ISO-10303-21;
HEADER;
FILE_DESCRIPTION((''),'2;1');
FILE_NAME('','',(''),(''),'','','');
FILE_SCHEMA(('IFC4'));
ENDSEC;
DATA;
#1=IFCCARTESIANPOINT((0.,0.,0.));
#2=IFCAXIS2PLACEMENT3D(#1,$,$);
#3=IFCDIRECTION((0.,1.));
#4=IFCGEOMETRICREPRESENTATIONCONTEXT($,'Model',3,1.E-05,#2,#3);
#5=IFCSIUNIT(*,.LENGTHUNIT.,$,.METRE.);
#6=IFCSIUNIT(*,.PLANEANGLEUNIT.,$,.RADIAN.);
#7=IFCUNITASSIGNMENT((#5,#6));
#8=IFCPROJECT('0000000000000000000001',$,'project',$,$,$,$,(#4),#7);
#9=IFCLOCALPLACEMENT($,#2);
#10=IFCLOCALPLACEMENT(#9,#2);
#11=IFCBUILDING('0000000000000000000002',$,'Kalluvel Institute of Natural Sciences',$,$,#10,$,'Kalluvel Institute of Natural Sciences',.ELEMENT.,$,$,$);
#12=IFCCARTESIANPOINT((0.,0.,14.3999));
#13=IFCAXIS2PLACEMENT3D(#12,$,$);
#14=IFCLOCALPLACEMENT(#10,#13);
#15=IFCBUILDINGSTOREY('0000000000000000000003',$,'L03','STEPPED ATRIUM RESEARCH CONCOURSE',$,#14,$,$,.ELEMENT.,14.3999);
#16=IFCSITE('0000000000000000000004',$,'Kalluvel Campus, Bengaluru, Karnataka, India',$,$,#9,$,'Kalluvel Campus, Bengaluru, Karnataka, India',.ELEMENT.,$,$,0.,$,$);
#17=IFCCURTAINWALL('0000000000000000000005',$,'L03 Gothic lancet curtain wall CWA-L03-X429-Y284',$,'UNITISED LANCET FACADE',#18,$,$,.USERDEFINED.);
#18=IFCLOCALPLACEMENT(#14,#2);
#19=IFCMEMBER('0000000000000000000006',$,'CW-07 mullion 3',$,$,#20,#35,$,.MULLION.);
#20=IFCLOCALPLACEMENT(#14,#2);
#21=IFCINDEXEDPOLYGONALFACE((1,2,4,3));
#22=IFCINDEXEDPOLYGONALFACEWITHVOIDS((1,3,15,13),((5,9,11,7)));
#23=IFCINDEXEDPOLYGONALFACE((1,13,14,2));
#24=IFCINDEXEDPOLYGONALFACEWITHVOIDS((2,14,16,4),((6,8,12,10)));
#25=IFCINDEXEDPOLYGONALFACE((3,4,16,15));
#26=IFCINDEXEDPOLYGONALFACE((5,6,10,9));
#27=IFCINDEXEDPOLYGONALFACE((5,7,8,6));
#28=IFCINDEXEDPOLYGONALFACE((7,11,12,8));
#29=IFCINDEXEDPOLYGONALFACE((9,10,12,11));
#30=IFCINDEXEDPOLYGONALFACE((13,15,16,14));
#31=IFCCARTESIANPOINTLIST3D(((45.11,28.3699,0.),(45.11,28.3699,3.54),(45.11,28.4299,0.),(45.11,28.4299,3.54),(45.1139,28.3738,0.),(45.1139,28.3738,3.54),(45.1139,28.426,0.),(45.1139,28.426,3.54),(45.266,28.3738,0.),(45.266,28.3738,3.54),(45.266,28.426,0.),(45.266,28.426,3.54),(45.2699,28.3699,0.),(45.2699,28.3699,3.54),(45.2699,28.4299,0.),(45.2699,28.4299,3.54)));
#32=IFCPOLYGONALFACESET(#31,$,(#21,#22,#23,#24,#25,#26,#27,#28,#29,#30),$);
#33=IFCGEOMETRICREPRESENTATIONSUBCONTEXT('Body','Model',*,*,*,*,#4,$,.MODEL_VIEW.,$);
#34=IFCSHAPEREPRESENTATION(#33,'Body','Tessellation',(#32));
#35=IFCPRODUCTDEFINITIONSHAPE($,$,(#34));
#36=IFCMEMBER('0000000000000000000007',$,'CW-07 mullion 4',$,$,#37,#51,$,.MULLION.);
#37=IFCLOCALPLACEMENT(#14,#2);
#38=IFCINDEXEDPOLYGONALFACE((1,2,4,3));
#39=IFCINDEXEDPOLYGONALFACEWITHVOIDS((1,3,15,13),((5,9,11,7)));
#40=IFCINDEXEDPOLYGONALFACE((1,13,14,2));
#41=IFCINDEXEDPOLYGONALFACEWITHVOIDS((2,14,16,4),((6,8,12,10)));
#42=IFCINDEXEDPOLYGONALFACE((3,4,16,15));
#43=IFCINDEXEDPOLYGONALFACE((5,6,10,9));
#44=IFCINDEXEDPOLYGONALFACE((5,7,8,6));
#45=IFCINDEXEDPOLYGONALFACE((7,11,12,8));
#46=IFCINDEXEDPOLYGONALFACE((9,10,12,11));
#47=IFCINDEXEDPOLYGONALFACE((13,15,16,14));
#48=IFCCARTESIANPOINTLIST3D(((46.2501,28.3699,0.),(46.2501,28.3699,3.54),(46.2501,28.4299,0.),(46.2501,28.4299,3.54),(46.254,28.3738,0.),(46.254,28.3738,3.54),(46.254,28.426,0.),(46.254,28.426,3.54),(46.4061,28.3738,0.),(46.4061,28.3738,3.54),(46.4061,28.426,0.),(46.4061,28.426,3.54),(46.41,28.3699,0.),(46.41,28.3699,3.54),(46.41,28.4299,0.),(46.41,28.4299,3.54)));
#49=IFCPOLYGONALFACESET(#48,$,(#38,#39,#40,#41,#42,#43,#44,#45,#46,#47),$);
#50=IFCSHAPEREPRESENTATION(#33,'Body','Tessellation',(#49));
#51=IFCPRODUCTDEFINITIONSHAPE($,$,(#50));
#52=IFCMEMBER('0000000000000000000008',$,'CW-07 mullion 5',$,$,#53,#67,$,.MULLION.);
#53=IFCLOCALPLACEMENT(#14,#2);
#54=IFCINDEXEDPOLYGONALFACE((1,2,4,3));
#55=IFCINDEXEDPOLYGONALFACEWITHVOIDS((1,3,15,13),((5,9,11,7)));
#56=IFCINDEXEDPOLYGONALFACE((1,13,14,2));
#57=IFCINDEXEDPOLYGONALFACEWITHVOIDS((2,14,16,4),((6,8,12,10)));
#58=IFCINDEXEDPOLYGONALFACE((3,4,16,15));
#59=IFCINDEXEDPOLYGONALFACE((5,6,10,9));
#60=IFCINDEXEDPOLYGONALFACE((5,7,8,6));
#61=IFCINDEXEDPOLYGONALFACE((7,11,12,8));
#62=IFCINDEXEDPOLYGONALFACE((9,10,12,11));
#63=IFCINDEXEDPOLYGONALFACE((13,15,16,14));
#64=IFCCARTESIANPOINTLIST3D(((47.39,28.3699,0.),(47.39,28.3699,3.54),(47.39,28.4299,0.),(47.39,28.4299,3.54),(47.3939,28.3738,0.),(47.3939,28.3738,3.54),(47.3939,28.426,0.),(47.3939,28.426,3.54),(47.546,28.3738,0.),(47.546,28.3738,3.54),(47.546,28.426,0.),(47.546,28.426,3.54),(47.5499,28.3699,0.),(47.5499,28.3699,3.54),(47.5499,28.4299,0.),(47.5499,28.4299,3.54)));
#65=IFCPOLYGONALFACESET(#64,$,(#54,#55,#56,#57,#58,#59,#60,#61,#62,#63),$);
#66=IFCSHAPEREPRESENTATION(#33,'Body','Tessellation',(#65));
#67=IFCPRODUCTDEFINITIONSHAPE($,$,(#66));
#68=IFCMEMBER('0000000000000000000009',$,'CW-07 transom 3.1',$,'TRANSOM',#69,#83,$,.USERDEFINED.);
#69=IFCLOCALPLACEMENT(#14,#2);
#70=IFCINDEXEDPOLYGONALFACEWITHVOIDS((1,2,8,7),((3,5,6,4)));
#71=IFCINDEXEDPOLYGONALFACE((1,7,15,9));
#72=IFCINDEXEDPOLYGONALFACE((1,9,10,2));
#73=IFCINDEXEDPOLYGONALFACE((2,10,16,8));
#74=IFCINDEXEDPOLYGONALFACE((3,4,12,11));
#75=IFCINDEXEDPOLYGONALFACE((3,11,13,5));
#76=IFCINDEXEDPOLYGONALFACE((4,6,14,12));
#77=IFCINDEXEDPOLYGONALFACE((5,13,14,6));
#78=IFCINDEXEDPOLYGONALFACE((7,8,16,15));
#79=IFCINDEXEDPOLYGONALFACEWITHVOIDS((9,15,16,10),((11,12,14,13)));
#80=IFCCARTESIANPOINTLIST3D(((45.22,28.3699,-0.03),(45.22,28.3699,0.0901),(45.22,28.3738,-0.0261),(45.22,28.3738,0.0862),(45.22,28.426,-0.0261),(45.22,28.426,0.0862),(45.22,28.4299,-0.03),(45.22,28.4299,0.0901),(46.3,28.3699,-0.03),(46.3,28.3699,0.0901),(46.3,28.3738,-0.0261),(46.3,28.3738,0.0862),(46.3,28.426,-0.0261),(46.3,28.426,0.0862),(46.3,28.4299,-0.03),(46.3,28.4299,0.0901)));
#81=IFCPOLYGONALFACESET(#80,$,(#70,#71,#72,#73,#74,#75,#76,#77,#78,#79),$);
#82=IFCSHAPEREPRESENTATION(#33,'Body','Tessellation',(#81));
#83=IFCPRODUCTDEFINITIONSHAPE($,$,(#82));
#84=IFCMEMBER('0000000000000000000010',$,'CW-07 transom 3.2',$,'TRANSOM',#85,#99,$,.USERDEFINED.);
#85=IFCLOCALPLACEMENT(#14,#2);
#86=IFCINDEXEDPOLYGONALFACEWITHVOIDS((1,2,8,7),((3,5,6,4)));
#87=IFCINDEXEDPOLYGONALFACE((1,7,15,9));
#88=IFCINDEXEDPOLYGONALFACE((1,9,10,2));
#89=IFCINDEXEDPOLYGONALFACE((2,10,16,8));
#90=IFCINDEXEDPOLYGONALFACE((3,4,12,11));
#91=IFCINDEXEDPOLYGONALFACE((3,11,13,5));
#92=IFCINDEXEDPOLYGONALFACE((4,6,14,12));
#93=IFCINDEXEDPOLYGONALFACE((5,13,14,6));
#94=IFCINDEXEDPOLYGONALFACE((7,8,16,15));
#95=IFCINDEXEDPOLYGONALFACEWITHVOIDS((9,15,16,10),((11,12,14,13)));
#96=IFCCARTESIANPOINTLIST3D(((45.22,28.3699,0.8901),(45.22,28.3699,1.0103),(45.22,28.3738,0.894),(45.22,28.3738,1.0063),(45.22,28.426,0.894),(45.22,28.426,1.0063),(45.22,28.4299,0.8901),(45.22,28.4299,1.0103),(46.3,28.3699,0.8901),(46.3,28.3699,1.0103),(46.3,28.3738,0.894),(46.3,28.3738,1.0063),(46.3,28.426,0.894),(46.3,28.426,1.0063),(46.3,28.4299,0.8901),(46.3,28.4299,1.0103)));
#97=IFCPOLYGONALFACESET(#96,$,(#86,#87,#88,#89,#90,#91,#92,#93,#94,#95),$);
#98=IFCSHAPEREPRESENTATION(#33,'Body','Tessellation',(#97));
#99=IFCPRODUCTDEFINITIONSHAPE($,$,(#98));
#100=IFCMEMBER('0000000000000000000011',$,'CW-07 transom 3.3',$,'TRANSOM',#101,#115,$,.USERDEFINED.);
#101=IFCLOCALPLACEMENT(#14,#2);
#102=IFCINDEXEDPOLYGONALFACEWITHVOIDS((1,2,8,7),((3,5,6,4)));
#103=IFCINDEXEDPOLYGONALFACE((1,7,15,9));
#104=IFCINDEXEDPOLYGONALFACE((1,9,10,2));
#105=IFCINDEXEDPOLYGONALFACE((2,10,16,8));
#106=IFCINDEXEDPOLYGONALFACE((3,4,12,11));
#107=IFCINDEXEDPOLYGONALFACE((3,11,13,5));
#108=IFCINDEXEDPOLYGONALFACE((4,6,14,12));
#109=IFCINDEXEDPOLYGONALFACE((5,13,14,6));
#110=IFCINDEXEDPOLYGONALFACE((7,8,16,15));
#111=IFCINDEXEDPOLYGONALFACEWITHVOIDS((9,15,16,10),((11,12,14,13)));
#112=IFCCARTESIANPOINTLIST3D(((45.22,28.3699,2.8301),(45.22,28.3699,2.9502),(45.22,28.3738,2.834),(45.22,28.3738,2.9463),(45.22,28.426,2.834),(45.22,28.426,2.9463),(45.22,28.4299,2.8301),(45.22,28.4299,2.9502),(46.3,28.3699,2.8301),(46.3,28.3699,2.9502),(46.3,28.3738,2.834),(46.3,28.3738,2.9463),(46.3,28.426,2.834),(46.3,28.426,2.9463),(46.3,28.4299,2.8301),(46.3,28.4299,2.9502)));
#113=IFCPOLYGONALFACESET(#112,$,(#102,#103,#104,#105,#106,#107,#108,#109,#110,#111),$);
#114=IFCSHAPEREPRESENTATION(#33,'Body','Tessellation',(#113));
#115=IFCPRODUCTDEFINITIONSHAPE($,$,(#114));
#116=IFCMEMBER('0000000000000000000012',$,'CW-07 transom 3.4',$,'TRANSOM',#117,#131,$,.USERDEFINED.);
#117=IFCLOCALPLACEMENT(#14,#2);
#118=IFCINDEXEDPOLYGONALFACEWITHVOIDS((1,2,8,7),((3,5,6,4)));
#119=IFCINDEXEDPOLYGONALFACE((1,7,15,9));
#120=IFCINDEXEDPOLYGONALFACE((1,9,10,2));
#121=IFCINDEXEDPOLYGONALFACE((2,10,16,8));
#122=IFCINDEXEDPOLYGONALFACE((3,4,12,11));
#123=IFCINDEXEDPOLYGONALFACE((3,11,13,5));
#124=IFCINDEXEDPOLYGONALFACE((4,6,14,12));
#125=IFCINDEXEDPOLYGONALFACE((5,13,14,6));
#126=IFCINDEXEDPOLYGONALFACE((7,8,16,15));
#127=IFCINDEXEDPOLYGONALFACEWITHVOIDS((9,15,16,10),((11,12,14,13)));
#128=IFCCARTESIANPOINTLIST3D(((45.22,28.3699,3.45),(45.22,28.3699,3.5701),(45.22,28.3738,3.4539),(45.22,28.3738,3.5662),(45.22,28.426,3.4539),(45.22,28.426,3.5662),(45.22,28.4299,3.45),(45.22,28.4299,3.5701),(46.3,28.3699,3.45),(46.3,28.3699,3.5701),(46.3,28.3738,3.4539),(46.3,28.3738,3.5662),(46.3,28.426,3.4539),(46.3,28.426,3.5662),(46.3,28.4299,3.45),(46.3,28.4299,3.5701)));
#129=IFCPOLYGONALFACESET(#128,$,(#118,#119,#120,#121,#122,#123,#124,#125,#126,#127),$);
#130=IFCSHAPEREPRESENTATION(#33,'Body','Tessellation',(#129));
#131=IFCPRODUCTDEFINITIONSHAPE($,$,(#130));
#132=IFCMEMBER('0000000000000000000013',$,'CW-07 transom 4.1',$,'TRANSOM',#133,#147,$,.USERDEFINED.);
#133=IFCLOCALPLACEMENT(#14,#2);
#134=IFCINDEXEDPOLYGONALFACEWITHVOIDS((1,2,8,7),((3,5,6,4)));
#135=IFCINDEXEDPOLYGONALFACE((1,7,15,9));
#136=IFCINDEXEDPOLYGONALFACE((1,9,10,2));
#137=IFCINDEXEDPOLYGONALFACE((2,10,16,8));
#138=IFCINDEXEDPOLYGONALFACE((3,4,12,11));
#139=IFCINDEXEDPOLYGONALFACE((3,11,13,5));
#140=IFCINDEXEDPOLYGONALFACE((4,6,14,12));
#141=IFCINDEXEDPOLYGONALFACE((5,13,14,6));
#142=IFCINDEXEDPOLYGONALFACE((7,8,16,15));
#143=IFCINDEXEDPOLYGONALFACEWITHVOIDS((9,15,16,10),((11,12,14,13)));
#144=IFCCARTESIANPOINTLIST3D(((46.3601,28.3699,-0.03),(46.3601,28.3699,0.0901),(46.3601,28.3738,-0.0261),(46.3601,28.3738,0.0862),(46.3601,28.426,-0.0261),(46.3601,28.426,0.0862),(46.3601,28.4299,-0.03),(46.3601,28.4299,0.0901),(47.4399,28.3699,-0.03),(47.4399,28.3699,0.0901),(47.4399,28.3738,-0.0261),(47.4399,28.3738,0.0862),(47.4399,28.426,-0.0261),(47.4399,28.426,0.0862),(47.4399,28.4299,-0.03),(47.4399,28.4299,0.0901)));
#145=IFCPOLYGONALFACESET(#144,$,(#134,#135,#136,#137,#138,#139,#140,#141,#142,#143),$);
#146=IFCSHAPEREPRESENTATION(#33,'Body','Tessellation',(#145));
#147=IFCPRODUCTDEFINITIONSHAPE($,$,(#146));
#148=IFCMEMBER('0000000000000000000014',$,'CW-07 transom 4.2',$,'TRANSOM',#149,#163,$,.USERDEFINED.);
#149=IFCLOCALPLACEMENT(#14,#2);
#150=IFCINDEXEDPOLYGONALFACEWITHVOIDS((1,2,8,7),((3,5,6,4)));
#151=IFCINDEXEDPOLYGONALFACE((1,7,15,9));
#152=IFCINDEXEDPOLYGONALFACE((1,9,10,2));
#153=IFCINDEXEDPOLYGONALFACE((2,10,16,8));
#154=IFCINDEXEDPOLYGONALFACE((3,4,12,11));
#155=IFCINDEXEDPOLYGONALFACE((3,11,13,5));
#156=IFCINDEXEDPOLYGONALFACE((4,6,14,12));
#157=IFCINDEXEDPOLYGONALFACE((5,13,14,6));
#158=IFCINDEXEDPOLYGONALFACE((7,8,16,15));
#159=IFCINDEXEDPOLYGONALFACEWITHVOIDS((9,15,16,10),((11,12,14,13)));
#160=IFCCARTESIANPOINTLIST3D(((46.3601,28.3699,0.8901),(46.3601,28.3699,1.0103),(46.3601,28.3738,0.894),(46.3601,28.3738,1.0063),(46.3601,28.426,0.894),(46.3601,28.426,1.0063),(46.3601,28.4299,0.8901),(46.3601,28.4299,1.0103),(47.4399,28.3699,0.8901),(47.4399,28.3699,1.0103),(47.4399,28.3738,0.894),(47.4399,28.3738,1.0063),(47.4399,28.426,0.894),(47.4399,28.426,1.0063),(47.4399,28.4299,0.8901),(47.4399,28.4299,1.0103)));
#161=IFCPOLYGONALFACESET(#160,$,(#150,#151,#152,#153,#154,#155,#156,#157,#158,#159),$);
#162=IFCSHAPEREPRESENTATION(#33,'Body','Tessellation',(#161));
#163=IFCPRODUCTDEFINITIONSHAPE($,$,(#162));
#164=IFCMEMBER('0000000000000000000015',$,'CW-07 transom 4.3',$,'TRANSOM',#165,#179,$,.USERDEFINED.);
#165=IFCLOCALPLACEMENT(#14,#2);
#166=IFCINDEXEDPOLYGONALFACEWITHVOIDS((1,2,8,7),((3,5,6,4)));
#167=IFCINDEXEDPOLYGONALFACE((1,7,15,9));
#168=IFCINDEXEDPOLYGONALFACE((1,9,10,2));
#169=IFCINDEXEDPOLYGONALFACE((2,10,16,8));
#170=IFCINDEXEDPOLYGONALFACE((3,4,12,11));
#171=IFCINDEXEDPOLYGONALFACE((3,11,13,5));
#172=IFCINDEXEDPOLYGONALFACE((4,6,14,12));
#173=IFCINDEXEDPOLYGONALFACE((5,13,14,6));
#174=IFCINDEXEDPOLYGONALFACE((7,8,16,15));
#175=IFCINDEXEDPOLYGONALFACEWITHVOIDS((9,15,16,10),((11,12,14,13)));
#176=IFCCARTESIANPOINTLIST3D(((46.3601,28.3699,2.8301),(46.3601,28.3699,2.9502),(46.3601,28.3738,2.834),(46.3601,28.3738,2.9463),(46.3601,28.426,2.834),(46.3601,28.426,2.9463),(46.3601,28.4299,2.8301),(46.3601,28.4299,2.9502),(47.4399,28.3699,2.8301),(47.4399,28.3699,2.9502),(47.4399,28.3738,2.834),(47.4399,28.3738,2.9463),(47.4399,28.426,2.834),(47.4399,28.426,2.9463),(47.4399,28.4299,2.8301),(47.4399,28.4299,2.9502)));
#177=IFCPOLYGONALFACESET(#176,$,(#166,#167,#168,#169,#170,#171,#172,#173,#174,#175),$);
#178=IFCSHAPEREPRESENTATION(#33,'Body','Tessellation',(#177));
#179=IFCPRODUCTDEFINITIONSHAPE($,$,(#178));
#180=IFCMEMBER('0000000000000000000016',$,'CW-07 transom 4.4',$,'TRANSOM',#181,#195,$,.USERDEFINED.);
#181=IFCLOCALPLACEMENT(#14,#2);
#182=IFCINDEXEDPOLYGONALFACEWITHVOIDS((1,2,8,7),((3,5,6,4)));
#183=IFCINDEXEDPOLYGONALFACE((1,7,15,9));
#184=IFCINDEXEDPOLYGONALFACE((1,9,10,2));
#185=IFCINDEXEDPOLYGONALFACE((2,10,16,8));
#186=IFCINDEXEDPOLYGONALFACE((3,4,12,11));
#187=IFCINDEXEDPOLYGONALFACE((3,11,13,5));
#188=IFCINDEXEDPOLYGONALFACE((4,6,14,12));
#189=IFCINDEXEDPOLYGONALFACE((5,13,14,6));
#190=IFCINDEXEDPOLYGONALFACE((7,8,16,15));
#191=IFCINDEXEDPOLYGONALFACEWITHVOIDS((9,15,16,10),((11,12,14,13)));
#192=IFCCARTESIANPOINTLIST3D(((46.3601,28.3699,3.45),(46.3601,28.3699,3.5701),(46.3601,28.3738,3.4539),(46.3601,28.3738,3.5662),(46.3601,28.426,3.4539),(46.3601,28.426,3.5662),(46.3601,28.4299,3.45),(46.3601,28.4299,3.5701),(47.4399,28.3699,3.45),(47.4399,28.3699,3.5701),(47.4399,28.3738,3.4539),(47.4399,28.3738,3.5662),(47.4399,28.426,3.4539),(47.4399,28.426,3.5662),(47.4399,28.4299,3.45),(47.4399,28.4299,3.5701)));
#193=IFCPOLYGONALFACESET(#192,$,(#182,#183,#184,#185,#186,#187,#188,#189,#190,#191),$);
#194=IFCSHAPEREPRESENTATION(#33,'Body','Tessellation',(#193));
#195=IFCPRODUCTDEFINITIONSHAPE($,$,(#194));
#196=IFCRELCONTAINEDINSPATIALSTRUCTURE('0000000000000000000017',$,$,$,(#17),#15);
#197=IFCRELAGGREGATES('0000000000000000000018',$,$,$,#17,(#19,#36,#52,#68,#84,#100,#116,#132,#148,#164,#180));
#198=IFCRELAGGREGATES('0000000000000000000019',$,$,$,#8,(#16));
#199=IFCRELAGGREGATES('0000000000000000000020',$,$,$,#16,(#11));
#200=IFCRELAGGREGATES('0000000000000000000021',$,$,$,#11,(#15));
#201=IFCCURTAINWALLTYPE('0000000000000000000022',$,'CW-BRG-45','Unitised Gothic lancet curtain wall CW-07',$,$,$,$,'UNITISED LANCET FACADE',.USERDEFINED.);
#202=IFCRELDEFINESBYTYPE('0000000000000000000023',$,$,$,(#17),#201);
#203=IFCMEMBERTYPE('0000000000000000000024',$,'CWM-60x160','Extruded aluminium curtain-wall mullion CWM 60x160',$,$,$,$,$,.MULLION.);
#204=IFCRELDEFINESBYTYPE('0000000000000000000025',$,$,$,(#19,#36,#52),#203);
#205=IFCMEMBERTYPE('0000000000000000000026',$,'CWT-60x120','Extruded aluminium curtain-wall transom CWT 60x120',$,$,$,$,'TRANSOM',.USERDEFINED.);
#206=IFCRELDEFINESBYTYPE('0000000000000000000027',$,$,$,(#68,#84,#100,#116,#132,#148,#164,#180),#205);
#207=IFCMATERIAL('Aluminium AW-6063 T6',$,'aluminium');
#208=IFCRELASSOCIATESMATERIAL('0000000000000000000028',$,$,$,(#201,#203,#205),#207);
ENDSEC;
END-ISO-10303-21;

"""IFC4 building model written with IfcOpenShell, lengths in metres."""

from ifc_helpers import new_model, si_unit, direction, frame, origin, origin_2d, place, context, subcontext, project, spatial, hollow_rectangle, extrude, material, material_profile, profile_set, type_object, element, aggregate, save


model = new_model("IFC4")

# Units and contexts
model_context = context("Model", 3, precision=1e-05, world=origin(), true_north=direction((0.0, 1.0)))
body_context = subcontext(model_context, "Body", "Model", "MODEL_VIEW")
ifc_project = project(units=[si_unit("LENGTHUNIT", "METRE"), si_unit("PLANEANGLEUNIT", "RADIAN")], contexts=[model_context])

# Site, building, storey
site_placement = place(None, origin())
site = spatial("IfcSite", under=ifc_project, at=site_placement, Name="Kalluvel Campus, Bengaluru, Karnataka, India", LongName="Kalluvel Campus, Bengaluru, Karnataka, India", CompositionType="ELEMENT", RefElevation=0.0)
building_placement = place(site_placement, origin())
building = spatial("IfcBuilding", under=site, at=building_placement, Name="Kalluvel Institute of Natural Sciences", LongName="Kalluvel Institute of Natural Sciences", CompositionType="ELEMENT")
storey_placement = place(building_placement, frame((0.0, 0.0, 14.3999)))
storey = spatial("IfcBuildingStorey", under=building, at=storey_placement, Name="L03", Description="STEPPED ATRIUM RESEARCH CONCOURSE", CompositionType="ELEMENT", Elevation=14.3999)

# Curtain wall, members
ifc_material_1 = material(Name="Aluminium AW-6063 T6", Category="aluminium")
curtain_wall_type = type_object("IfcCurtainWallType", Name="CW-BRG-45", Description="Unitised Gothic lancet curtain wall CW-07", ElementType="UNITISED LANCET FACADE", PredefinedType="USERDEFINED", material=ifc_material_1)
curtain_wall_placement = place(storey_placement, origin())
curtain_wall = element("IfcCurtainWall", 1, at=curtain_wall_placement, inside=storey, type_object=curtain_wall_type, Name="L03 Gothic lancet curtain wall CWA-L03-X429-Y284", ObjectType="UNITISED LANCET FACADE", PredefinedType="USERDEFINED")
ifc_material_profile_1 = material_profile(ifc_material_1, hollow_rectangle(XDim=0.0601, YDim=0.1599, WallThickness=0.0039, at=origin_2d()), Name="CWM 60x160")
ifc_profile_set_1 = profile_set([ifc_material_profile_1], Name="Aluminium AW-6063 T6")
member_type_1 = type_object("IfcMemberType", Name="CWM-60x160", Description="Extruded aluminium curtain-wall mullion CWM 60x160", PredefinedType="MULLION", material=ifc_profile_set_1)
member_1_placement = place(storey_placement, frame((45.1899, 28.3999, 0.0), z_axis=(0.0, 0.0, 1.0), x_axis=(0.0, 1.0, 0.0)))
member_1 = element("IfcMember", 2, at=member_1_placement, type_object=member_type_1, Name="CW-07 mullion 3", PredefinedType="MULLION", context=body_context, shape_type="SweptSolid", body=[
    extrude(hollow_rectangle(XDim=0.0601, YDim=0.1599, WallThickness=0.0039, at=origin_2d()), origin(), (0.0, 0.0, 1.0), 3.54),
])
member_2_placement = place(storey_placement, frame((46.3301, 28.3999, 0.0), z_axis=(0.0, 0.0, 1.0), x_axis=(0.0, 1.0, 0.0)))
member_2 = element("IfcMember", 3, at=member_2_placement, type_object=member_type_1, Name="CW-07 mullion 4", PredefinedType="MULLION", context=body_context, shape_type="SweptSolid", body=[
    extrude(hollow_rectangle(XDim=0.0601, YDim=0.1599, WallThickness=0.0039, at=origin_2d()), origin(), (0.0, 0.0, 1.0), 3.54),
])
member_3_placement = place(storey_placement, frame((47.47, 28.3999, 0.0), z_axis=(0.0, 0.0, 1.0), x_axis=(0.0, 1.0, 0.0)))
member_3 = element("IfcMember", 4, at=member_3_placement, type_object=member_type_1, Name="CW-07 mullion 5", PredefinedType="MULLION", context=body_context, shape_type="SweptSolid", body=[
    extrude(hollow_rectangle(XDim=0.0601, YDim=0.1599, WallThickness=0.0039, at=origin_2d()), origin(), (0.0, 0.0, 1.0), 3.54),
])
ifc_material_profile_2 = material_profile(ifc_material_1, hollow_rectangle(XDim=0.0601, YDim=0.1201, WallThickness=0.0039, at=origin_2d()), Name="CWT 60x120")
ifc_profile_set_2 = profile_set([ifc_material_profile_2], Name="Aluminium AW-6063 T6")
member_type_2 = type_object("IfcMemberType", Name="CWT-60x120", Description="Extruded aluminium curtain-wall transom CWT 60x120", ElementType="TRANSOM", PredefinedType="USERDEFINED", material=ifc_profile_set_2)
member_4_placement = place(storey_placement, frame((45.22, 28.3999, 0.03), z_axis=(1.0, 0.0, 0.0), x_axis=(0.0, 1.0, 0.0)))
member_4 = element("IfcMember", 5, at=member_4_placement, type_object=member_type_2, Name="CW-07 transom 3.1", ObjectType="TRANSOM", PredefinedType="USERDEFINED", context=body_context, shape_type="SweptSolid", body=[
    extrude(hollow_rectangle(XDim=0.0601, YDim=0.1201, WallThickness=0.0039, at=origin_2d()), origin(), (0.0, 0.0, 1.0), 1.0801),
])
member_5_placement = place(storey_placement, frame((45.22, 28.3999, 0.9502), z_axis=(1.0, 0.0, 0.0), x_axis=(0.0, 1.0, 0.0)))
member_5 = element("IfcMember", 6, at=member_5_placement, type_object=member_type_2, Name="CW-07 transom 3.2", ObjectType="TRANSOM", PredefinedType="USERDEFINED", context=body_context, shape_type="SweptSolid", body=[
    extrude(hollow_rectangle(XDim=0.0601, YDim=0.1201, WallThickness=0.0039, at=origin_2d()), origin(), (0.0, 0.0, 1.0), 1.0801),
])
member_6_placement = place(storey_placement, frame((45.22, 28.3999, 2.8901), z_axis=(1.0, 0.0, 0.0), x_axis=(0.0, 1.0, 0.0)))
member_6 = element("IfcMember", 7, at=member_6_placement, type_object=member_type_2, Name="CW-07 transom 3.3", ObjectType="TRANSOM", PredefinedType="USERDEFINED", context=body_context, shape_type="SweptSolid", body=[
    extrude(hollow_rectangle(XDim=0.0601, YDim=0.1201, WallThickness=0.0039, at=origin_2d()), origin(), (0.0, 0.0, 1.0), 1.0801),
])
member_7_placement = place(storey_placement, frame((45.22, 28.3999, 3.51), z_axis=(1.0, 0.0, 0.0), x_axis=(0.0, 1.0, 0.0)))
member_7 = element("IfcMember", 8, at=member_7_placement, type_object=member_type_2, Name="CW-07 transom 3.4", ObjectType="TRANSOM", PredefinedType="USERDEFINED", context=body_context, shape_type="SweptSolid", body=[
    extrude(hollow_rectangle(XDim=0.0601, YDim=0.1201, WallThickness=0.0039, at=origin_2d()), origin(), (0.0, 0.0, 1.0), 1.0801),
])
member_8_placement = place(storey_placement, frame((46.3601, 28.3999, 0.03), z_axis=(1.0, 0.0, 0.0), x_axis=(0.0, 1.0, 0.0)))
member_8 = element("IfcMember", 9, at=member_8_placement, type_object=member_type_2, Name="CW-07 transom 4.1", ObjectType="TRANSOM", PredefinedType="USERDEFINED", context=body_context, shape_type="SweptSolid", body=[
    extrude(hollow_rectangle(XDim=0.0601, YDim=0.1201, WallThickness=0.0039, at=origin_2d()), origin(), (0.0, 0.0, 1.0), 1.0798),
])
member_9_placement = place(storey_placement, frame((46.3601, 28.3999, 0.9502), z_axis=(1.0, 0.0, 0.0), x_axis=(0.0, 1.0, 0.0)))
member_9 = element("IfcMember", 10, at=member_9_placement, type_object=member_type_2, Name="CW-07 transom 4.2", ObjectType="TRANSOM", PredefinedType="USERDEFINED", context=body_context, shape_type="SweptSolid", body=[
    extrude(hollow_rectangle(XDim=0.0601, YDim=0.1201, WallThickness=0.0039, at=origin_2d()), origin(), (0.0, 0.0, 1.0), 1.0798),
])
member_10_placement = place(storey_placement, frame((46.3601, 28.3999, 2.8901), z_axis=(1.0, 0.0, 0.0), x_axis=(0.0, 1.0, 0.0)))
member_10 = element("IfcMember", 11, at=member_10_placement, type_object=member_type_2, Name="CW-07 transom 4.3", ObjectType="TRANSOM", PredefinedType="USERDEFINED", context=body_context, shape_type="SweptSolid", body=[
    extrude(hollow_rectangle(XDim=0.0601, YDim=0.1201, WallThickness=0.0039, at=origin_2d()), origin(), (0.0, 0.0, 1.0), 1.0798),
])
member_11_placement = place(storey_placement, frame((46.3601, 28.3999, 3.51), z_axis=(1.0, 0.0, 0.0), x_axis=(0.0, 1.0, 0.0)))
member_11 = element("IfcMember", 12, at=member_11_placement, type_object=member_type_2, Name="CW-07 transom 4.4", ObjectType="TRANSOM", PredefinedType="USERDEFINED", context=body_context, shape_type="SweptSolid", body=[
    extrude(hollow_rectangle(XDim=0.0601, YDim=0.1201, WallThickness=0.0039, at=origin_2d()), origin(), (0.0, 0.0, 1.0), 1.0798),
])
aggregate(curtain_wall, [member_1, member_2, member_3, member_4, member_5, member_6, member_7, member_8, member_9, member_10, member_11])

save(model, "model.ifc")
